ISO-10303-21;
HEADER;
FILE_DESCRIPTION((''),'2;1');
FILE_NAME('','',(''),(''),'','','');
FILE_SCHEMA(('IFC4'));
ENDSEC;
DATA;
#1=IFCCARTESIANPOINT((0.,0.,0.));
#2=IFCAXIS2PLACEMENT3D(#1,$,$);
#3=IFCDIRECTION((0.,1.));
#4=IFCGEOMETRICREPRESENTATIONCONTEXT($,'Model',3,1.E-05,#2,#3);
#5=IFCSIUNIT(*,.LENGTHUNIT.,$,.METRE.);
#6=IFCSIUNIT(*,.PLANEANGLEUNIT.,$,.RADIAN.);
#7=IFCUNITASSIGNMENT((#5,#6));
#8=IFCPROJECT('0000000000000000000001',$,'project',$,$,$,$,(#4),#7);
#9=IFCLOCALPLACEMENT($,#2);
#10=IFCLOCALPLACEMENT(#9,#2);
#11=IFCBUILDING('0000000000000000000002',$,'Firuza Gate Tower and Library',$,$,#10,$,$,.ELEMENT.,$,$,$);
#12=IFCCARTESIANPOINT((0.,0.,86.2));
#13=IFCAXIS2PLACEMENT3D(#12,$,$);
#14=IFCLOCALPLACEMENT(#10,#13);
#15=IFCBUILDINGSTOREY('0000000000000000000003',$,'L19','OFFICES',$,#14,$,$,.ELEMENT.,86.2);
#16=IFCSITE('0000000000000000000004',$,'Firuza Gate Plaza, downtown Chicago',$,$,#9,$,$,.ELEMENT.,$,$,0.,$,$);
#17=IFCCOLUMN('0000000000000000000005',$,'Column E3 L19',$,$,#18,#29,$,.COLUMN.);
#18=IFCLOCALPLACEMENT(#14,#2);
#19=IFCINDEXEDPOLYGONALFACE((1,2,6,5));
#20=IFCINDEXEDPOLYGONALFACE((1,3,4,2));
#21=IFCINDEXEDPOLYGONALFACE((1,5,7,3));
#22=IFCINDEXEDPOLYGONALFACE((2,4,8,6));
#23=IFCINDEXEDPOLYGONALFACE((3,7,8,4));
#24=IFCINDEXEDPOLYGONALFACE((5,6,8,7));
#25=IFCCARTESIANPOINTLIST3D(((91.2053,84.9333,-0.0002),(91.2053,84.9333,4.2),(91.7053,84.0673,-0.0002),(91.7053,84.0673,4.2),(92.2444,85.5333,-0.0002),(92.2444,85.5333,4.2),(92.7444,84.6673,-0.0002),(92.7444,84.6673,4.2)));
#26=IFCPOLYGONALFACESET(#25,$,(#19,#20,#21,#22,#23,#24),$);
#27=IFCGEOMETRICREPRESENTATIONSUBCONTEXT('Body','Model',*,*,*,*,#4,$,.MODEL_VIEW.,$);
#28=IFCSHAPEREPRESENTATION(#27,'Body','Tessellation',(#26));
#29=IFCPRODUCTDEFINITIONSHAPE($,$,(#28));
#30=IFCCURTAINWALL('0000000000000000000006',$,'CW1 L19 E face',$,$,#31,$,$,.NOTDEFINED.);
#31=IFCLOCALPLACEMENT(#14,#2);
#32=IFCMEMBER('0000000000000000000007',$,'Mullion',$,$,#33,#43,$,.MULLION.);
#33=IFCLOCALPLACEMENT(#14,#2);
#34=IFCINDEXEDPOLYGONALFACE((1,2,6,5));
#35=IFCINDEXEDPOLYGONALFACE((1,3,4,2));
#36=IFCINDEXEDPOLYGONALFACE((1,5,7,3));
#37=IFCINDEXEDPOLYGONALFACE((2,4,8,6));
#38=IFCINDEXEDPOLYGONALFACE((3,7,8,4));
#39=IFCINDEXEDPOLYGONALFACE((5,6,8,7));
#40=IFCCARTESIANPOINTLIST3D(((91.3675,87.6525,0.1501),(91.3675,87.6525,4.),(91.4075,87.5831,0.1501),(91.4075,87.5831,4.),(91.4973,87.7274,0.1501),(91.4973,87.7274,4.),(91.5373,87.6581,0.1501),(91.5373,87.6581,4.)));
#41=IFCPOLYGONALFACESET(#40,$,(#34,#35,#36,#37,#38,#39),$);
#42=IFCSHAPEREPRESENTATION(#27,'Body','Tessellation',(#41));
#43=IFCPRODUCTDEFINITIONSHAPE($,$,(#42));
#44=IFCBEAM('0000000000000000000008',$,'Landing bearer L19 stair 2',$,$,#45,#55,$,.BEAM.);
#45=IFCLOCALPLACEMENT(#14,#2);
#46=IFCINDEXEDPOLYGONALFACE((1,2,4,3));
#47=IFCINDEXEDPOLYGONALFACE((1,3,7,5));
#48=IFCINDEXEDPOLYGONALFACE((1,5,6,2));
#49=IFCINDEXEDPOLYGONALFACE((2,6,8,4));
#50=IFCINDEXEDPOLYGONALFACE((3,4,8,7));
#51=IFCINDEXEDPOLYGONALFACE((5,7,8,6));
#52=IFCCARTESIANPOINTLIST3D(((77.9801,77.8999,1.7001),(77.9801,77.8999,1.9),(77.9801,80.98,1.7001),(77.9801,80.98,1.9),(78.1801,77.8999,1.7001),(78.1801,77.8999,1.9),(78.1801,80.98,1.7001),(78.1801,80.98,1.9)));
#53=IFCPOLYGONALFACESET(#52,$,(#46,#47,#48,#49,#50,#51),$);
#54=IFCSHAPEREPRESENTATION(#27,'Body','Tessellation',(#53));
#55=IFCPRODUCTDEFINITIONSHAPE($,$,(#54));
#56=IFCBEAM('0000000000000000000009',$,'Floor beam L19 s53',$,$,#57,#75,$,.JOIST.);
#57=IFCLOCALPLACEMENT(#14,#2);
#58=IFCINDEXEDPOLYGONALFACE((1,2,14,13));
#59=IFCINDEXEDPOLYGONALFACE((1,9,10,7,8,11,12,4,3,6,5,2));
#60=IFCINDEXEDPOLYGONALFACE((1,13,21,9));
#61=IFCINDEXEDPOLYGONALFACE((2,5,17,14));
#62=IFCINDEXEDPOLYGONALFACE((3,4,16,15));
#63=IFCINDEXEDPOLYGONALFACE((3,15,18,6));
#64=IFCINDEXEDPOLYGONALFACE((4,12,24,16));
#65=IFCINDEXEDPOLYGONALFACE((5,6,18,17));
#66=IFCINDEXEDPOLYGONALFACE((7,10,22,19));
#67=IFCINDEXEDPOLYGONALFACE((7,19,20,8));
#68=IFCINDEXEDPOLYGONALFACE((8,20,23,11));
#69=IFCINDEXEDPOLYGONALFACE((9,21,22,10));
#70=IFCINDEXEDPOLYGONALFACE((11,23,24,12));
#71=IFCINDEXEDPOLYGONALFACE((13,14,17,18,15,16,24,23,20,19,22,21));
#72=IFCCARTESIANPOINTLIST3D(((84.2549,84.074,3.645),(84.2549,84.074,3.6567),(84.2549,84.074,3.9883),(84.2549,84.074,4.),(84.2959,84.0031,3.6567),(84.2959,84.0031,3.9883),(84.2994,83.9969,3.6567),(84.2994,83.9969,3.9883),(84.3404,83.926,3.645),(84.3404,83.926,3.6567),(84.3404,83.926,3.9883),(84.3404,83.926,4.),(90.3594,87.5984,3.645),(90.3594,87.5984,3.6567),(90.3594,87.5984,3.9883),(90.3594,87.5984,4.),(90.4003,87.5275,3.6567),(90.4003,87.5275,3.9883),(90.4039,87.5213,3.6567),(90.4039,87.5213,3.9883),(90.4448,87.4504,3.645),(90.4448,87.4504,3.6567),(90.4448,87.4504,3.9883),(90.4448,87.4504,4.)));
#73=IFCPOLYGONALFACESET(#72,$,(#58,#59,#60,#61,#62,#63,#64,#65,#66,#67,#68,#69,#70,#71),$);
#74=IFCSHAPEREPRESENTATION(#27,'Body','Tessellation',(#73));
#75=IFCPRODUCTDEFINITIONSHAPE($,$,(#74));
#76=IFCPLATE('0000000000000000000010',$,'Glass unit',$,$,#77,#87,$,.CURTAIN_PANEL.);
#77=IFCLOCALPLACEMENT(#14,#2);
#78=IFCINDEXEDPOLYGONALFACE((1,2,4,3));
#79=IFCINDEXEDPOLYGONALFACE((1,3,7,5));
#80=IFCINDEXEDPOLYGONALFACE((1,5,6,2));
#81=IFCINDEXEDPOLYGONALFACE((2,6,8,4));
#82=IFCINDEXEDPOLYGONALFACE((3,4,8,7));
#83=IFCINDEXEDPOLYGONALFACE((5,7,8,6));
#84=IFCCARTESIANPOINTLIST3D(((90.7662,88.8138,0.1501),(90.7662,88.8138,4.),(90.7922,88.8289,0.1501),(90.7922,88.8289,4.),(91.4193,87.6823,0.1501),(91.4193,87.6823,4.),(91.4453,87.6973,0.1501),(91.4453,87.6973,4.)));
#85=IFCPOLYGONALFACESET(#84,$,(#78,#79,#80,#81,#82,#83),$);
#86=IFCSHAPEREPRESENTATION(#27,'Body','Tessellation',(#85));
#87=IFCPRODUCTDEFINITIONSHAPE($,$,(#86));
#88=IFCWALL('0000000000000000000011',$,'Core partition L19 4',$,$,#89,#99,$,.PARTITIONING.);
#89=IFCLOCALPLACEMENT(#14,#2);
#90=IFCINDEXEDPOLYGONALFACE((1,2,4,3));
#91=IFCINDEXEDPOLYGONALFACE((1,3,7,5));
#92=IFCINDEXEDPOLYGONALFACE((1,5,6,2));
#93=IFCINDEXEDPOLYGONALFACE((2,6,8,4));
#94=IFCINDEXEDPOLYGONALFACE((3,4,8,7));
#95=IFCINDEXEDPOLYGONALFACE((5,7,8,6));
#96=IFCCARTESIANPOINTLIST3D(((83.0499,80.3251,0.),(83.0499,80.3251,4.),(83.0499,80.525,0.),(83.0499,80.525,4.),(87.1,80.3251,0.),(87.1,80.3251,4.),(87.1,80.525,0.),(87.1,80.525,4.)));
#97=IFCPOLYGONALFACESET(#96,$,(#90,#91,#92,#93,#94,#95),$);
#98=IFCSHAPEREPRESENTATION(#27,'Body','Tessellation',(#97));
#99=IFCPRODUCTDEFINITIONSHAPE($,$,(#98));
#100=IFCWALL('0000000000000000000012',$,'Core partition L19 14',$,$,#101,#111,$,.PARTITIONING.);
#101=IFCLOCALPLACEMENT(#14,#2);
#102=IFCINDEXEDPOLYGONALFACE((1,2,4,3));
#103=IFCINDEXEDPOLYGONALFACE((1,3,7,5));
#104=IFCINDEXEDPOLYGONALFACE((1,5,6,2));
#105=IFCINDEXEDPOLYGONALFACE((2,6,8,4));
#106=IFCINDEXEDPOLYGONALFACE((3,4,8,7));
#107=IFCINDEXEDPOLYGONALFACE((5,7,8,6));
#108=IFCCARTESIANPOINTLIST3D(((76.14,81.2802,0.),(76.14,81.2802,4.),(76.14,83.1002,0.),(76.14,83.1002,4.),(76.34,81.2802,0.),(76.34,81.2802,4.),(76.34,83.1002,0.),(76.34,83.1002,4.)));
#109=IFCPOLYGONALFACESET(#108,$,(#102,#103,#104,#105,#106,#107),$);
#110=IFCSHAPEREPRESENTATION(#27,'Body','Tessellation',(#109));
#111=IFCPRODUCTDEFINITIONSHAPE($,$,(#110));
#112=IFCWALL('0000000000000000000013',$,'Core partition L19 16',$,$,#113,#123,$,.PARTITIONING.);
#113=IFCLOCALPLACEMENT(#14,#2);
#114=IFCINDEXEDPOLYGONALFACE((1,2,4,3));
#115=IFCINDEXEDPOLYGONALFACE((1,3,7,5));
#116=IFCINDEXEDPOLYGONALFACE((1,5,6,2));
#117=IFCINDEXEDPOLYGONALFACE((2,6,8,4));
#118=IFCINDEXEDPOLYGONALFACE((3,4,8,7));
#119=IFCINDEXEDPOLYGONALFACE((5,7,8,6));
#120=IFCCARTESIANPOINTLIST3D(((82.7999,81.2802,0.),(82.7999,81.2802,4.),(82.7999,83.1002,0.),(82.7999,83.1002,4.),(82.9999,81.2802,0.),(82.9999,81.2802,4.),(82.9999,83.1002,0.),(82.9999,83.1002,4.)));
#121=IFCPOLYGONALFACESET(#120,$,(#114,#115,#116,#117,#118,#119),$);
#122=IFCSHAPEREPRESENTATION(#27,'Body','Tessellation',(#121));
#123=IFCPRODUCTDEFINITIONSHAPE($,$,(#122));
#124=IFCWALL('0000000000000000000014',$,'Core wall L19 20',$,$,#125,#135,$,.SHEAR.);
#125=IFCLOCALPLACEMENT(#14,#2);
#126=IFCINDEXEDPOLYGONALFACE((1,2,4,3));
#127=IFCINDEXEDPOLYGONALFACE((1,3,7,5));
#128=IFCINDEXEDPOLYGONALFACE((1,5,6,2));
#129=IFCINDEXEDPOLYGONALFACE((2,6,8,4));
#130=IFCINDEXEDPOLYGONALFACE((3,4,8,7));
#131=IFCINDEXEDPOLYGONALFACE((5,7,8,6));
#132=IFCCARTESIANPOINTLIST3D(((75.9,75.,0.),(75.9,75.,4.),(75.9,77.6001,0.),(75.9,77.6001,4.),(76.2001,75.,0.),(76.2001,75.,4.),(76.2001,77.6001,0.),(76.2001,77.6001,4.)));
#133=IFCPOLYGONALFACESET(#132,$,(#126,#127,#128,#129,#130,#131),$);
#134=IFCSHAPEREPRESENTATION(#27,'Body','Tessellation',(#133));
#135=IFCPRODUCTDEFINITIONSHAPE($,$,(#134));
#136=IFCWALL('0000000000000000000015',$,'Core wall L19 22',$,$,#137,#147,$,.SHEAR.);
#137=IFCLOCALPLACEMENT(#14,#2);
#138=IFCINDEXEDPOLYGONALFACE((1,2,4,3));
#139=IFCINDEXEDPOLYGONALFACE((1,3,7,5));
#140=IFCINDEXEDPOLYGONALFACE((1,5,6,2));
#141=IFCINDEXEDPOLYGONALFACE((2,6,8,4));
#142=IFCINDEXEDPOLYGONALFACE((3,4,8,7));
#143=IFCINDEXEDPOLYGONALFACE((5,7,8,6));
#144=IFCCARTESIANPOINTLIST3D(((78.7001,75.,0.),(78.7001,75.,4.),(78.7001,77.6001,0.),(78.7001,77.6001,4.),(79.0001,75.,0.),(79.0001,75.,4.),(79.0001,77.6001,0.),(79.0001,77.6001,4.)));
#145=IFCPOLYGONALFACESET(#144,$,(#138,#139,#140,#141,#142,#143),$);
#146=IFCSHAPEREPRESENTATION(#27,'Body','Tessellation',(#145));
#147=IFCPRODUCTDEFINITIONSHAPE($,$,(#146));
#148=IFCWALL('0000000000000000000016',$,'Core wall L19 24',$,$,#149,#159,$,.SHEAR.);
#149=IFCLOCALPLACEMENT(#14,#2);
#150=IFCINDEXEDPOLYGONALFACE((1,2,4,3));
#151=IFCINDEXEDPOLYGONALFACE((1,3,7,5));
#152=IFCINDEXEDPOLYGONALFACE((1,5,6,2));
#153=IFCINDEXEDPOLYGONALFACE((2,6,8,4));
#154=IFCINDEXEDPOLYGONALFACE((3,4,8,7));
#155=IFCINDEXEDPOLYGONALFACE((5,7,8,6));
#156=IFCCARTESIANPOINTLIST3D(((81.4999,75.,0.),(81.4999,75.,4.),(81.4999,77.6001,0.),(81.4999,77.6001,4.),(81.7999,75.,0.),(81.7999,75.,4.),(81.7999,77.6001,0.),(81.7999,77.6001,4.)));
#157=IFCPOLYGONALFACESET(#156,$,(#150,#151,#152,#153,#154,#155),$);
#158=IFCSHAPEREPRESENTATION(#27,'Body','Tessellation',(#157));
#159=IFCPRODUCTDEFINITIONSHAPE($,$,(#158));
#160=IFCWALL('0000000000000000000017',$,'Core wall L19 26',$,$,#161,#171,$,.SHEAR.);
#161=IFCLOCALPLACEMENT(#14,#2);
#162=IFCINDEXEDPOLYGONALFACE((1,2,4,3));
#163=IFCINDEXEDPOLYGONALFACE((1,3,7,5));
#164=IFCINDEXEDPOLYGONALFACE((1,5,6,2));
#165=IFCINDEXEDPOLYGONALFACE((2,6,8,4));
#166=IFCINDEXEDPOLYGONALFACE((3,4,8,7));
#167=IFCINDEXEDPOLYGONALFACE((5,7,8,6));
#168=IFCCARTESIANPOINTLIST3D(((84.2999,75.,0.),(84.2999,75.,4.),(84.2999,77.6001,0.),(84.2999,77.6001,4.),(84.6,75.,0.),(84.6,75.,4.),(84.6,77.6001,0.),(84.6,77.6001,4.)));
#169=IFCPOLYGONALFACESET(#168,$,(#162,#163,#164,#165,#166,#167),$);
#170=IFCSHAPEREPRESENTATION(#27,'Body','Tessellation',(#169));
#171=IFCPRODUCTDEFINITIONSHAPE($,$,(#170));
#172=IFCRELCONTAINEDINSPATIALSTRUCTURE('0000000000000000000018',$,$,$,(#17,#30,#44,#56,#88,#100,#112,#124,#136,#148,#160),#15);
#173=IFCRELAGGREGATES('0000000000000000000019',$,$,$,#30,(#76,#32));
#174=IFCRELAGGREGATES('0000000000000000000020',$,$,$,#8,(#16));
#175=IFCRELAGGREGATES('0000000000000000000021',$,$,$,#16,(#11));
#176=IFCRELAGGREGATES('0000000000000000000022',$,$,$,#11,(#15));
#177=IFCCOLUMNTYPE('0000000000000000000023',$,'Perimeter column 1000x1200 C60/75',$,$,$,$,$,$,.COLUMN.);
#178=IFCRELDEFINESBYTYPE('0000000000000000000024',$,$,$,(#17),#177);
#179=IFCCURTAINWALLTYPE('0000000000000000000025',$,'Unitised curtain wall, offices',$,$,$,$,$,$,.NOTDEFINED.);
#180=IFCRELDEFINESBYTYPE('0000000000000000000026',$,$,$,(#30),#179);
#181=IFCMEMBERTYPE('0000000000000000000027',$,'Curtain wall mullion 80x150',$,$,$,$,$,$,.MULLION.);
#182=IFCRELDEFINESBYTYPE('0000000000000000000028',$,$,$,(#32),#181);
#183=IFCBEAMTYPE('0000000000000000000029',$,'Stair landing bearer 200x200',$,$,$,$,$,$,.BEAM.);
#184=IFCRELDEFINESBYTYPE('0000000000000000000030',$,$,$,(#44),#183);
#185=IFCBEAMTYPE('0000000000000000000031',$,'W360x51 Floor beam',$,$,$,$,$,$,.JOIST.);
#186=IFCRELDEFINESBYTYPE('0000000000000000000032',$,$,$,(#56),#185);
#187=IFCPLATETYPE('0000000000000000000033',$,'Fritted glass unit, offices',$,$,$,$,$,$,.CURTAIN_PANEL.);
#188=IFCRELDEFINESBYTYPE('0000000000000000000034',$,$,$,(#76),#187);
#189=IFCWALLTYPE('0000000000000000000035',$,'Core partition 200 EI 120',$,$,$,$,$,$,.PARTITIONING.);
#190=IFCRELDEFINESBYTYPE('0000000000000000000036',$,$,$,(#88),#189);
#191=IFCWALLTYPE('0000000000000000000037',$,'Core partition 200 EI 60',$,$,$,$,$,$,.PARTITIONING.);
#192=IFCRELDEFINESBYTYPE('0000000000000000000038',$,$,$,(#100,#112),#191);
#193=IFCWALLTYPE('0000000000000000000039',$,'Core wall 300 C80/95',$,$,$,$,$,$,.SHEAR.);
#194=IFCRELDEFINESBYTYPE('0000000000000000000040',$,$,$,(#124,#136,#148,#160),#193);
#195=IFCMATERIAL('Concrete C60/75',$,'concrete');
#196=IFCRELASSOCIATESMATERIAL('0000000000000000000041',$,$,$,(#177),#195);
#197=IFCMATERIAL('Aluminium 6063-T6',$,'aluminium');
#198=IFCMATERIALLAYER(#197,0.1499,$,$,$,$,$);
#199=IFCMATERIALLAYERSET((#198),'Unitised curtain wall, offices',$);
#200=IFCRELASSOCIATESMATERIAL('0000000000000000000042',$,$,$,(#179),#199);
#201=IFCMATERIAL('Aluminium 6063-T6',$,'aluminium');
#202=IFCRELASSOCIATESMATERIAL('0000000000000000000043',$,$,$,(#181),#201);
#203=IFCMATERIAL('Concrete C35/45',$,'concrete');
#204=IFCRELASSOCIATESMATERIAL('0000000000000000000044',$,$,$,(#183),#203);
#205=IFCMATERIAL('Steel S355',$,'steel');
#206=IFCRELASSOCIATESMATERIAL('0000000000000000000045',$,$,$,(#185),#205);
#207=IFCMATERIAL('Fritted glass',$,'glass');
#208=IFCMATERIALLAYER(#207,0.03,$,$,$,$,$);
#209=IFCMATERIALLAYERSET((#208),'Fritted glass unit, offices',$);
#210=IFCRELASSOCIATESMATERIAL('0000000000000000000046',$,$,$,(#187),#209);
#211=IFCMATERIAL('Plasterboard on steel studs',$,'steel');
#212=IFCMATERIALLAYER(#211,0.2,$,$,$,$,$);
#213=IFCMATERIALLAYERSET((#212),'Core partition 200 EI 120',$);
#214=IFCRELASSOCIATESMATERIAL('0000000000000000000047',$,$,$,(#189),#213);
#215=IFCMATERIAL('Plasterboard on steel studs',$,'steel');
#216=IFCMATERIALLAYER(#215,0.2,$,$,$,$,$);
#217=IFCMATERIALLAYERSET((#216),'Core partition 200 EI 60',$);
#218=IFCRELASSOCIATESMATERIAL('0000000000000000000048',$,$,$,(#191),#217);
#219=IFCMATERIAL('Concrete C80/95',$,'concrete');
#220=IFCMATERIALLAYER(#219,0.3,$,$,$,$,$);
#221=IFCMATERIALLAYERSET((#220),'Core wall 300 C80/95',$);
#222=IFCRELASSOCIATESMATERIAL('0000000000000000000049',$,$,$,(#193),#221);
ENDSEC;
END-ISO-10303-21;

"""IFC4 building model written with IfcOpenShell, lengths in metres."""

from ifc_helpers import new_model, si_unit, direction, frame, frame_2d, origin, origin_2d, place, context, subcontext, project, spatial, polyline, rectangle, i_section, outline, extrude, material, layer, layer_set, material_profile, profile_set, type_object, element, aggregate, save


model = new_model("IFC4")

# Units and contexts
model_context = context("Model", 3, precision=1e-05, world=origin(), true_north=direction((0.0, 1.0)))
body_context = subcontext(model_context, "Body", "Model", "MODEL_VIEW")
ifc_project = project(units=[si_unit("LENGTHUNIT", "METRE"), si_unit("PLANEANGLEUNIT", "RADIAN")], contexts=[model_context])

# Site, building, storey
site_placement = place(None, origin())
site = spatial("IfcSite", under=ifc_project, at=site_placement, Name="Firuza Gate Plaza, downtown Chicago", CompositionType="ELEMENT", RefElevation=0.0)
building_placement = place(site_placement, origin())
building = spatial("IfcBuilding", under=site, at=building_placement, Name="Firuza Gate Tower and Library", CompositionType="ELEMENT")
storey_placement = place(building_placement, frame((0.0, 0.0, 86.2)))
storey = spatial("IfcBuildingStorey", under=building, at=storey_placement, Name="L19", Description="OFFICES", CompositionType="ELEMENT", Elevation=86.2)

# Column
ifc_material_1 = material(Name="Concrete C60/75", Category="concrete")
ifc_material_profile_1 = material_profile(ifc_material_1, rectangle(XDim=1.0, YDim=1.2, at=origin_2d()))
ifc_profile_set_1 = profile_set([ifc_material_profile_1], Name="Concrete C60/75")
column_type = type_object("IfcColumnType", Name="Perimeter column 1000x1200 C60/75", PredefinedType="COLUMN", material=ifc_profile_set_1)
column_placement = place(storey_placement, frame((91.9749, 84.8003, -0.0002), z_axis=(0.0, 0.0, 1.0), x_axis=(-0.5, 0.866025, 0.0)))
element("IfcColumn", 1, at=column_placement, inside=storey, type_object=column_type, Name="Column E3 L19", PredefinedType="COLUMN", context=body_context, shape_type="SweptSolid", body=[
    extrude(rectangle(XDim=1.0, YDim=1.2, at=origin_2d()), origin(), (0.0, 0.0, 1.0), 4.2002),
])

# Curtain wall, member
ifc_material_2 = material(Name="Aluminium 6063-T6", Category="aluminium")
ifc_layer_1 = layer(ifc_material_2, 0.1499)
ifc_layer_set_1 = layer_set([ifc_layer_1], Name="Unitised curtain wall, offices")
curtain_wall_type = type_object("IfcCurtainWallType", Name="Unitised curtain wall, offices", PredefinedType="NOTDEFINED", material=ifc_layer_set_1)
placement = place(storey_placement, origin())
curtain_wall = element("IfcCurtainWall", 2, at=placement, inside=storey, type_object=curtain_wall_type, Name="CW1 L19 E face", PredefinedType="NOTDEFINED")
ifc_material_3 = material(Name="Aluminium 6063-T6", Category="aluminium")
ifc_material_profile_2 = material_profile(ifc_material_3, rectangle(XDim=0.1499, YDim=0.0801, at=origin_2d()))
ifc_profile_set_2 = profile_set([ifc_material_profile_2], Name="Aluminium 6063-T6")
member_type = type_object("IfcMemberType", Name="Curtain wall mullion 80x150", PredefinedType="MULLION", material=ifc_profile_set_2)
member_placement = place(storey_placement, frame((91.4524, 87.6553, 0.1501), z_axis=(0.0, 0.0, 1.0), x_axis=(-0.866025, -0.5, 0.0)))
member = element("IfcMember", 3, at=member_placement, type_object=member_type, Name="Mullion", PredefinedType="MULLION", context=body_context, shape_type="SweptSolid", body=[
    extrude(rectangle(XDim=0.1499, YDim=0.0801, at=origin_2d()), origin(), (0.0, 0.0, 1.0), 3.8499),
])

# Beams
ifc_material_4 = material(Name="Concrete C35/45", Category="concrete")
ifc_material_profile_3 = material_profile(ifc_material_4, rectangle(XDim=0.2, YDim=0.2, at=origin_2d()))
ifc_profile_set_3 = profile_set([ifc_material_profile_3], Name="Concrete C35/45")
beam_type_1 = type_object("IfcBeamType", Name="Stair landing bearer 200x200", PredefinedType="BEAM", material=ifc_profile_set_3)
beam_1_placement = place(storey_placement, frame((78.0801, 80.98, 1.8), z_axis=(0.0, -1.0, 0.0), x_axis=(1.0, 0.0, 0.0)))
element("IfcBeam", 4, at=beam_1_placement, inside=storey, type_object=beam_type_1, Name="Landing bearer L19 stair 2", PredefinedType="BEAM", context=body_context, shape_type="SweptSolid", body=[
    extrude(rectangle(XDim=0.2, YDim=0.2, at=origin_2d()), origin(), (0.0, 0.0, 1.0), 3.0801),
])
ifc_material_5 = material(Name="Steel S355", Category="steel")
ifc_material_profile_4 = material_profile(ifc_material_5, i_section(OverallWidth=0.1709, OverallDepth=0.355, WebThickness=0.0071, FlangeThickness=0.0117, at=origin_2d()))
ifc_profile_set_4 = profile_set([ifc_material_profile_4], Name="Steel S355")
beam_type_2 = type_object("IfcBeamType", Name="W360x51 Floor beam", PredefinedType="JOIST", material=ifc_profile_set_4)
beam_2_placement = place(storey_placement, frame((90.4021, 87.5244, 3.8225), z_axis=(-0.866026, -0.499998, 0.0), x_axis=(0.499998, -0.866026, 0.0)))
element("IfcBeam", 5, at=beam_2_placement, inside=storey, type_object=beam_type_2, Name="Floor beam L19 s53", PredefinedType="JOIST", context=body_context, shape_type="SweptSolid", body=[
    extrude(i_section(OverallWidth=0.1709, OverallDepth=0.355, WebThickness=0.0071, FlangeThickness=0.0117, at=origin_2d()), origin(), (0.0, 0.0, 1.0), 7.0488),
])

# Plate
ifc_material_6 = material(Name="Fritted glass", Category="glass")
ifc_layer_2 = layer(ifc_material_6, 0.03)
ifc_layer_set_2 = layer_set([ifc_layer_2], Name="Fritted glass unit, offices")
plate_type = type_object("IfcPlateType", Name="Fritted glass unit, offices", PredefinedType="CURTAIN_PANEL", material=ifc_layer_set_2)
plate_placement = place(storey_placement, frame((91.4453, 87.6973, 0.1501), z_axis=(0.866108, 0.499857, 0.0), x_axis=(-0.499857, 0.866108, 0.0)))
plate = element("IfcPlate", 6, at=plate_placement, type_object=plate_type, Name="Glass unit", PredefinedType="CURTAIN_PANEL", context=body_context, shape_type="SweptSolid", body=[
    extrude(outline(polyline([(0.0, 0.0), (1.3065, 0.0), (1.3065, 3.8499), (0.0, 3.8499), (0.0, 0.0)])), origin(), (0.0, 0.0, -1.0), 0.03),
])
aggregate(curtain_wall, [plate, member])

# Walls
ifc_material_7 = material(Name="Plasterboard on steel studs", Category="steel")
ifc_layer_3 = layer(ifc_material_7, 0.2)
ifc_layer_set_3 = layer_set([ifc_layer_3], Name="Core partition 200 EI 120")
wall_type_1 = type_object("IfcWallType", Name="Core partition 200 EI 120", PredefinedType="PARTITIONING", material=ifc_layer_set_3)
wall_1_placement = place(storey_placement, frame((83.05, 80.425, 0.0), z_axis=(0.0, 0.0, 1.0), x_axis=(1.0, 0.0, 0.0)))
element("IfcWall", 7, at=wall_1_placement, inside=storey, type_object=wall_type_1, Name="Core partition L19 4", PredefinedType="PARTITIONING", context=body_context, shape_type="SweptSolid", body=[
    extrude(rectangle(XDim=4.05, YDim=0.2, at=frame_2d((2.0249, 0.0))), origin(), (0.0, 0.0, 1.0), 4.0),
])
ifc_material_8 = material(Name="Plasterboard on steel studs", Category="steel")
ifc_layer_4 = layer(ifc_material_8, 0.2)
ifc_layer_set_4 = layer_set([ifc_layer_4], Name="Core partition 200 EI 60")
wall_type_2 = type_object("IfcWallType", Name="Core partition 200 EI 60", PredefinedType="PARTITIONING", material=ifc_layer_set_4)
for number, where, z_axis, x_axis, name in (
    (8, (76.24, 81.28, 0.0), (0.0, 0.0, 1.0), (0.0, 1.0, 0.0), "Core partition L19 14"),
    (9, (82.8999, 81.28, 0.0), (0.0, 0.0, 1.0), (0.0, 1.0, 0.0), "Core partition L19 16"),
):
    element("IfcWall", number, at=place(storey_placement, frame(where, z_axis=z_axis, x_axis=x_axis)), inside=storey, type_object=wall_type_2, Name=name, PredefinedType="PARTITIONING", context=body_context, shape_type="SweptSolid", body=[
        extrude(rectangle(XDim=1.8201, YDim=0.2, at=frame_2d((0.9102, 0.0))), origin(), (0.0, 0.0, 1.0), 4.0),
    ])
ifc_material_9 = material(Name="Concrete C80/95", Category="concrete")
ifc_layer_5 = layer(ifc_material_9, 0.3)
ifc_layer_set_5 = layer_set([ifc_layer_5], Name="Core wall 300 C80/95")
wall_type_3 = type_object("IfcWallType", Name="Core wall 300 C80/95", PredefinedType="SHEAR", material=ifc_layer_set_5)
for number, where, z_axis, x_axis, name in (
    (10, (76.05, 75.0, 0.0), (0.0, 0.0, 1.0), (0.0, 1.0, 0.0), "Core wall L19 20"),
    (11, (78.8501, 75.0, 0.0), (0.0, 0.0, 1.0), (0.0, 1.0, 0.0), "Core wall L19 22"),
    (12, (81.6499, 75.0, 0.0), (0.0, 0.0, 1.0), (0.0, 1.0, 0.0), "Core wall L19 24"),
    (13, (84.45, 75.0, 0.0), (0.0, 0.0, 1.0), (0.0, 1.0, 0.0), "Core wall L19 26"),
):
    element("IfcWall", number, at=place(storey_placement, frame(where, z_axis=z_axis, x_axis=x_axis)), inside=storey, type_object=wall_type_3, Name=name, PredefinedType="SHEAR", context=body_context, shape_type="SweptSolid", body=[
        extrude(rectangle(XDim=2.6001, YDim=0.3, at=frame_2d((1.3, 0.0))), origin(), (0.0, 0.0, 1.0), 4.0),
    ])

save(model, "model.ifc")
